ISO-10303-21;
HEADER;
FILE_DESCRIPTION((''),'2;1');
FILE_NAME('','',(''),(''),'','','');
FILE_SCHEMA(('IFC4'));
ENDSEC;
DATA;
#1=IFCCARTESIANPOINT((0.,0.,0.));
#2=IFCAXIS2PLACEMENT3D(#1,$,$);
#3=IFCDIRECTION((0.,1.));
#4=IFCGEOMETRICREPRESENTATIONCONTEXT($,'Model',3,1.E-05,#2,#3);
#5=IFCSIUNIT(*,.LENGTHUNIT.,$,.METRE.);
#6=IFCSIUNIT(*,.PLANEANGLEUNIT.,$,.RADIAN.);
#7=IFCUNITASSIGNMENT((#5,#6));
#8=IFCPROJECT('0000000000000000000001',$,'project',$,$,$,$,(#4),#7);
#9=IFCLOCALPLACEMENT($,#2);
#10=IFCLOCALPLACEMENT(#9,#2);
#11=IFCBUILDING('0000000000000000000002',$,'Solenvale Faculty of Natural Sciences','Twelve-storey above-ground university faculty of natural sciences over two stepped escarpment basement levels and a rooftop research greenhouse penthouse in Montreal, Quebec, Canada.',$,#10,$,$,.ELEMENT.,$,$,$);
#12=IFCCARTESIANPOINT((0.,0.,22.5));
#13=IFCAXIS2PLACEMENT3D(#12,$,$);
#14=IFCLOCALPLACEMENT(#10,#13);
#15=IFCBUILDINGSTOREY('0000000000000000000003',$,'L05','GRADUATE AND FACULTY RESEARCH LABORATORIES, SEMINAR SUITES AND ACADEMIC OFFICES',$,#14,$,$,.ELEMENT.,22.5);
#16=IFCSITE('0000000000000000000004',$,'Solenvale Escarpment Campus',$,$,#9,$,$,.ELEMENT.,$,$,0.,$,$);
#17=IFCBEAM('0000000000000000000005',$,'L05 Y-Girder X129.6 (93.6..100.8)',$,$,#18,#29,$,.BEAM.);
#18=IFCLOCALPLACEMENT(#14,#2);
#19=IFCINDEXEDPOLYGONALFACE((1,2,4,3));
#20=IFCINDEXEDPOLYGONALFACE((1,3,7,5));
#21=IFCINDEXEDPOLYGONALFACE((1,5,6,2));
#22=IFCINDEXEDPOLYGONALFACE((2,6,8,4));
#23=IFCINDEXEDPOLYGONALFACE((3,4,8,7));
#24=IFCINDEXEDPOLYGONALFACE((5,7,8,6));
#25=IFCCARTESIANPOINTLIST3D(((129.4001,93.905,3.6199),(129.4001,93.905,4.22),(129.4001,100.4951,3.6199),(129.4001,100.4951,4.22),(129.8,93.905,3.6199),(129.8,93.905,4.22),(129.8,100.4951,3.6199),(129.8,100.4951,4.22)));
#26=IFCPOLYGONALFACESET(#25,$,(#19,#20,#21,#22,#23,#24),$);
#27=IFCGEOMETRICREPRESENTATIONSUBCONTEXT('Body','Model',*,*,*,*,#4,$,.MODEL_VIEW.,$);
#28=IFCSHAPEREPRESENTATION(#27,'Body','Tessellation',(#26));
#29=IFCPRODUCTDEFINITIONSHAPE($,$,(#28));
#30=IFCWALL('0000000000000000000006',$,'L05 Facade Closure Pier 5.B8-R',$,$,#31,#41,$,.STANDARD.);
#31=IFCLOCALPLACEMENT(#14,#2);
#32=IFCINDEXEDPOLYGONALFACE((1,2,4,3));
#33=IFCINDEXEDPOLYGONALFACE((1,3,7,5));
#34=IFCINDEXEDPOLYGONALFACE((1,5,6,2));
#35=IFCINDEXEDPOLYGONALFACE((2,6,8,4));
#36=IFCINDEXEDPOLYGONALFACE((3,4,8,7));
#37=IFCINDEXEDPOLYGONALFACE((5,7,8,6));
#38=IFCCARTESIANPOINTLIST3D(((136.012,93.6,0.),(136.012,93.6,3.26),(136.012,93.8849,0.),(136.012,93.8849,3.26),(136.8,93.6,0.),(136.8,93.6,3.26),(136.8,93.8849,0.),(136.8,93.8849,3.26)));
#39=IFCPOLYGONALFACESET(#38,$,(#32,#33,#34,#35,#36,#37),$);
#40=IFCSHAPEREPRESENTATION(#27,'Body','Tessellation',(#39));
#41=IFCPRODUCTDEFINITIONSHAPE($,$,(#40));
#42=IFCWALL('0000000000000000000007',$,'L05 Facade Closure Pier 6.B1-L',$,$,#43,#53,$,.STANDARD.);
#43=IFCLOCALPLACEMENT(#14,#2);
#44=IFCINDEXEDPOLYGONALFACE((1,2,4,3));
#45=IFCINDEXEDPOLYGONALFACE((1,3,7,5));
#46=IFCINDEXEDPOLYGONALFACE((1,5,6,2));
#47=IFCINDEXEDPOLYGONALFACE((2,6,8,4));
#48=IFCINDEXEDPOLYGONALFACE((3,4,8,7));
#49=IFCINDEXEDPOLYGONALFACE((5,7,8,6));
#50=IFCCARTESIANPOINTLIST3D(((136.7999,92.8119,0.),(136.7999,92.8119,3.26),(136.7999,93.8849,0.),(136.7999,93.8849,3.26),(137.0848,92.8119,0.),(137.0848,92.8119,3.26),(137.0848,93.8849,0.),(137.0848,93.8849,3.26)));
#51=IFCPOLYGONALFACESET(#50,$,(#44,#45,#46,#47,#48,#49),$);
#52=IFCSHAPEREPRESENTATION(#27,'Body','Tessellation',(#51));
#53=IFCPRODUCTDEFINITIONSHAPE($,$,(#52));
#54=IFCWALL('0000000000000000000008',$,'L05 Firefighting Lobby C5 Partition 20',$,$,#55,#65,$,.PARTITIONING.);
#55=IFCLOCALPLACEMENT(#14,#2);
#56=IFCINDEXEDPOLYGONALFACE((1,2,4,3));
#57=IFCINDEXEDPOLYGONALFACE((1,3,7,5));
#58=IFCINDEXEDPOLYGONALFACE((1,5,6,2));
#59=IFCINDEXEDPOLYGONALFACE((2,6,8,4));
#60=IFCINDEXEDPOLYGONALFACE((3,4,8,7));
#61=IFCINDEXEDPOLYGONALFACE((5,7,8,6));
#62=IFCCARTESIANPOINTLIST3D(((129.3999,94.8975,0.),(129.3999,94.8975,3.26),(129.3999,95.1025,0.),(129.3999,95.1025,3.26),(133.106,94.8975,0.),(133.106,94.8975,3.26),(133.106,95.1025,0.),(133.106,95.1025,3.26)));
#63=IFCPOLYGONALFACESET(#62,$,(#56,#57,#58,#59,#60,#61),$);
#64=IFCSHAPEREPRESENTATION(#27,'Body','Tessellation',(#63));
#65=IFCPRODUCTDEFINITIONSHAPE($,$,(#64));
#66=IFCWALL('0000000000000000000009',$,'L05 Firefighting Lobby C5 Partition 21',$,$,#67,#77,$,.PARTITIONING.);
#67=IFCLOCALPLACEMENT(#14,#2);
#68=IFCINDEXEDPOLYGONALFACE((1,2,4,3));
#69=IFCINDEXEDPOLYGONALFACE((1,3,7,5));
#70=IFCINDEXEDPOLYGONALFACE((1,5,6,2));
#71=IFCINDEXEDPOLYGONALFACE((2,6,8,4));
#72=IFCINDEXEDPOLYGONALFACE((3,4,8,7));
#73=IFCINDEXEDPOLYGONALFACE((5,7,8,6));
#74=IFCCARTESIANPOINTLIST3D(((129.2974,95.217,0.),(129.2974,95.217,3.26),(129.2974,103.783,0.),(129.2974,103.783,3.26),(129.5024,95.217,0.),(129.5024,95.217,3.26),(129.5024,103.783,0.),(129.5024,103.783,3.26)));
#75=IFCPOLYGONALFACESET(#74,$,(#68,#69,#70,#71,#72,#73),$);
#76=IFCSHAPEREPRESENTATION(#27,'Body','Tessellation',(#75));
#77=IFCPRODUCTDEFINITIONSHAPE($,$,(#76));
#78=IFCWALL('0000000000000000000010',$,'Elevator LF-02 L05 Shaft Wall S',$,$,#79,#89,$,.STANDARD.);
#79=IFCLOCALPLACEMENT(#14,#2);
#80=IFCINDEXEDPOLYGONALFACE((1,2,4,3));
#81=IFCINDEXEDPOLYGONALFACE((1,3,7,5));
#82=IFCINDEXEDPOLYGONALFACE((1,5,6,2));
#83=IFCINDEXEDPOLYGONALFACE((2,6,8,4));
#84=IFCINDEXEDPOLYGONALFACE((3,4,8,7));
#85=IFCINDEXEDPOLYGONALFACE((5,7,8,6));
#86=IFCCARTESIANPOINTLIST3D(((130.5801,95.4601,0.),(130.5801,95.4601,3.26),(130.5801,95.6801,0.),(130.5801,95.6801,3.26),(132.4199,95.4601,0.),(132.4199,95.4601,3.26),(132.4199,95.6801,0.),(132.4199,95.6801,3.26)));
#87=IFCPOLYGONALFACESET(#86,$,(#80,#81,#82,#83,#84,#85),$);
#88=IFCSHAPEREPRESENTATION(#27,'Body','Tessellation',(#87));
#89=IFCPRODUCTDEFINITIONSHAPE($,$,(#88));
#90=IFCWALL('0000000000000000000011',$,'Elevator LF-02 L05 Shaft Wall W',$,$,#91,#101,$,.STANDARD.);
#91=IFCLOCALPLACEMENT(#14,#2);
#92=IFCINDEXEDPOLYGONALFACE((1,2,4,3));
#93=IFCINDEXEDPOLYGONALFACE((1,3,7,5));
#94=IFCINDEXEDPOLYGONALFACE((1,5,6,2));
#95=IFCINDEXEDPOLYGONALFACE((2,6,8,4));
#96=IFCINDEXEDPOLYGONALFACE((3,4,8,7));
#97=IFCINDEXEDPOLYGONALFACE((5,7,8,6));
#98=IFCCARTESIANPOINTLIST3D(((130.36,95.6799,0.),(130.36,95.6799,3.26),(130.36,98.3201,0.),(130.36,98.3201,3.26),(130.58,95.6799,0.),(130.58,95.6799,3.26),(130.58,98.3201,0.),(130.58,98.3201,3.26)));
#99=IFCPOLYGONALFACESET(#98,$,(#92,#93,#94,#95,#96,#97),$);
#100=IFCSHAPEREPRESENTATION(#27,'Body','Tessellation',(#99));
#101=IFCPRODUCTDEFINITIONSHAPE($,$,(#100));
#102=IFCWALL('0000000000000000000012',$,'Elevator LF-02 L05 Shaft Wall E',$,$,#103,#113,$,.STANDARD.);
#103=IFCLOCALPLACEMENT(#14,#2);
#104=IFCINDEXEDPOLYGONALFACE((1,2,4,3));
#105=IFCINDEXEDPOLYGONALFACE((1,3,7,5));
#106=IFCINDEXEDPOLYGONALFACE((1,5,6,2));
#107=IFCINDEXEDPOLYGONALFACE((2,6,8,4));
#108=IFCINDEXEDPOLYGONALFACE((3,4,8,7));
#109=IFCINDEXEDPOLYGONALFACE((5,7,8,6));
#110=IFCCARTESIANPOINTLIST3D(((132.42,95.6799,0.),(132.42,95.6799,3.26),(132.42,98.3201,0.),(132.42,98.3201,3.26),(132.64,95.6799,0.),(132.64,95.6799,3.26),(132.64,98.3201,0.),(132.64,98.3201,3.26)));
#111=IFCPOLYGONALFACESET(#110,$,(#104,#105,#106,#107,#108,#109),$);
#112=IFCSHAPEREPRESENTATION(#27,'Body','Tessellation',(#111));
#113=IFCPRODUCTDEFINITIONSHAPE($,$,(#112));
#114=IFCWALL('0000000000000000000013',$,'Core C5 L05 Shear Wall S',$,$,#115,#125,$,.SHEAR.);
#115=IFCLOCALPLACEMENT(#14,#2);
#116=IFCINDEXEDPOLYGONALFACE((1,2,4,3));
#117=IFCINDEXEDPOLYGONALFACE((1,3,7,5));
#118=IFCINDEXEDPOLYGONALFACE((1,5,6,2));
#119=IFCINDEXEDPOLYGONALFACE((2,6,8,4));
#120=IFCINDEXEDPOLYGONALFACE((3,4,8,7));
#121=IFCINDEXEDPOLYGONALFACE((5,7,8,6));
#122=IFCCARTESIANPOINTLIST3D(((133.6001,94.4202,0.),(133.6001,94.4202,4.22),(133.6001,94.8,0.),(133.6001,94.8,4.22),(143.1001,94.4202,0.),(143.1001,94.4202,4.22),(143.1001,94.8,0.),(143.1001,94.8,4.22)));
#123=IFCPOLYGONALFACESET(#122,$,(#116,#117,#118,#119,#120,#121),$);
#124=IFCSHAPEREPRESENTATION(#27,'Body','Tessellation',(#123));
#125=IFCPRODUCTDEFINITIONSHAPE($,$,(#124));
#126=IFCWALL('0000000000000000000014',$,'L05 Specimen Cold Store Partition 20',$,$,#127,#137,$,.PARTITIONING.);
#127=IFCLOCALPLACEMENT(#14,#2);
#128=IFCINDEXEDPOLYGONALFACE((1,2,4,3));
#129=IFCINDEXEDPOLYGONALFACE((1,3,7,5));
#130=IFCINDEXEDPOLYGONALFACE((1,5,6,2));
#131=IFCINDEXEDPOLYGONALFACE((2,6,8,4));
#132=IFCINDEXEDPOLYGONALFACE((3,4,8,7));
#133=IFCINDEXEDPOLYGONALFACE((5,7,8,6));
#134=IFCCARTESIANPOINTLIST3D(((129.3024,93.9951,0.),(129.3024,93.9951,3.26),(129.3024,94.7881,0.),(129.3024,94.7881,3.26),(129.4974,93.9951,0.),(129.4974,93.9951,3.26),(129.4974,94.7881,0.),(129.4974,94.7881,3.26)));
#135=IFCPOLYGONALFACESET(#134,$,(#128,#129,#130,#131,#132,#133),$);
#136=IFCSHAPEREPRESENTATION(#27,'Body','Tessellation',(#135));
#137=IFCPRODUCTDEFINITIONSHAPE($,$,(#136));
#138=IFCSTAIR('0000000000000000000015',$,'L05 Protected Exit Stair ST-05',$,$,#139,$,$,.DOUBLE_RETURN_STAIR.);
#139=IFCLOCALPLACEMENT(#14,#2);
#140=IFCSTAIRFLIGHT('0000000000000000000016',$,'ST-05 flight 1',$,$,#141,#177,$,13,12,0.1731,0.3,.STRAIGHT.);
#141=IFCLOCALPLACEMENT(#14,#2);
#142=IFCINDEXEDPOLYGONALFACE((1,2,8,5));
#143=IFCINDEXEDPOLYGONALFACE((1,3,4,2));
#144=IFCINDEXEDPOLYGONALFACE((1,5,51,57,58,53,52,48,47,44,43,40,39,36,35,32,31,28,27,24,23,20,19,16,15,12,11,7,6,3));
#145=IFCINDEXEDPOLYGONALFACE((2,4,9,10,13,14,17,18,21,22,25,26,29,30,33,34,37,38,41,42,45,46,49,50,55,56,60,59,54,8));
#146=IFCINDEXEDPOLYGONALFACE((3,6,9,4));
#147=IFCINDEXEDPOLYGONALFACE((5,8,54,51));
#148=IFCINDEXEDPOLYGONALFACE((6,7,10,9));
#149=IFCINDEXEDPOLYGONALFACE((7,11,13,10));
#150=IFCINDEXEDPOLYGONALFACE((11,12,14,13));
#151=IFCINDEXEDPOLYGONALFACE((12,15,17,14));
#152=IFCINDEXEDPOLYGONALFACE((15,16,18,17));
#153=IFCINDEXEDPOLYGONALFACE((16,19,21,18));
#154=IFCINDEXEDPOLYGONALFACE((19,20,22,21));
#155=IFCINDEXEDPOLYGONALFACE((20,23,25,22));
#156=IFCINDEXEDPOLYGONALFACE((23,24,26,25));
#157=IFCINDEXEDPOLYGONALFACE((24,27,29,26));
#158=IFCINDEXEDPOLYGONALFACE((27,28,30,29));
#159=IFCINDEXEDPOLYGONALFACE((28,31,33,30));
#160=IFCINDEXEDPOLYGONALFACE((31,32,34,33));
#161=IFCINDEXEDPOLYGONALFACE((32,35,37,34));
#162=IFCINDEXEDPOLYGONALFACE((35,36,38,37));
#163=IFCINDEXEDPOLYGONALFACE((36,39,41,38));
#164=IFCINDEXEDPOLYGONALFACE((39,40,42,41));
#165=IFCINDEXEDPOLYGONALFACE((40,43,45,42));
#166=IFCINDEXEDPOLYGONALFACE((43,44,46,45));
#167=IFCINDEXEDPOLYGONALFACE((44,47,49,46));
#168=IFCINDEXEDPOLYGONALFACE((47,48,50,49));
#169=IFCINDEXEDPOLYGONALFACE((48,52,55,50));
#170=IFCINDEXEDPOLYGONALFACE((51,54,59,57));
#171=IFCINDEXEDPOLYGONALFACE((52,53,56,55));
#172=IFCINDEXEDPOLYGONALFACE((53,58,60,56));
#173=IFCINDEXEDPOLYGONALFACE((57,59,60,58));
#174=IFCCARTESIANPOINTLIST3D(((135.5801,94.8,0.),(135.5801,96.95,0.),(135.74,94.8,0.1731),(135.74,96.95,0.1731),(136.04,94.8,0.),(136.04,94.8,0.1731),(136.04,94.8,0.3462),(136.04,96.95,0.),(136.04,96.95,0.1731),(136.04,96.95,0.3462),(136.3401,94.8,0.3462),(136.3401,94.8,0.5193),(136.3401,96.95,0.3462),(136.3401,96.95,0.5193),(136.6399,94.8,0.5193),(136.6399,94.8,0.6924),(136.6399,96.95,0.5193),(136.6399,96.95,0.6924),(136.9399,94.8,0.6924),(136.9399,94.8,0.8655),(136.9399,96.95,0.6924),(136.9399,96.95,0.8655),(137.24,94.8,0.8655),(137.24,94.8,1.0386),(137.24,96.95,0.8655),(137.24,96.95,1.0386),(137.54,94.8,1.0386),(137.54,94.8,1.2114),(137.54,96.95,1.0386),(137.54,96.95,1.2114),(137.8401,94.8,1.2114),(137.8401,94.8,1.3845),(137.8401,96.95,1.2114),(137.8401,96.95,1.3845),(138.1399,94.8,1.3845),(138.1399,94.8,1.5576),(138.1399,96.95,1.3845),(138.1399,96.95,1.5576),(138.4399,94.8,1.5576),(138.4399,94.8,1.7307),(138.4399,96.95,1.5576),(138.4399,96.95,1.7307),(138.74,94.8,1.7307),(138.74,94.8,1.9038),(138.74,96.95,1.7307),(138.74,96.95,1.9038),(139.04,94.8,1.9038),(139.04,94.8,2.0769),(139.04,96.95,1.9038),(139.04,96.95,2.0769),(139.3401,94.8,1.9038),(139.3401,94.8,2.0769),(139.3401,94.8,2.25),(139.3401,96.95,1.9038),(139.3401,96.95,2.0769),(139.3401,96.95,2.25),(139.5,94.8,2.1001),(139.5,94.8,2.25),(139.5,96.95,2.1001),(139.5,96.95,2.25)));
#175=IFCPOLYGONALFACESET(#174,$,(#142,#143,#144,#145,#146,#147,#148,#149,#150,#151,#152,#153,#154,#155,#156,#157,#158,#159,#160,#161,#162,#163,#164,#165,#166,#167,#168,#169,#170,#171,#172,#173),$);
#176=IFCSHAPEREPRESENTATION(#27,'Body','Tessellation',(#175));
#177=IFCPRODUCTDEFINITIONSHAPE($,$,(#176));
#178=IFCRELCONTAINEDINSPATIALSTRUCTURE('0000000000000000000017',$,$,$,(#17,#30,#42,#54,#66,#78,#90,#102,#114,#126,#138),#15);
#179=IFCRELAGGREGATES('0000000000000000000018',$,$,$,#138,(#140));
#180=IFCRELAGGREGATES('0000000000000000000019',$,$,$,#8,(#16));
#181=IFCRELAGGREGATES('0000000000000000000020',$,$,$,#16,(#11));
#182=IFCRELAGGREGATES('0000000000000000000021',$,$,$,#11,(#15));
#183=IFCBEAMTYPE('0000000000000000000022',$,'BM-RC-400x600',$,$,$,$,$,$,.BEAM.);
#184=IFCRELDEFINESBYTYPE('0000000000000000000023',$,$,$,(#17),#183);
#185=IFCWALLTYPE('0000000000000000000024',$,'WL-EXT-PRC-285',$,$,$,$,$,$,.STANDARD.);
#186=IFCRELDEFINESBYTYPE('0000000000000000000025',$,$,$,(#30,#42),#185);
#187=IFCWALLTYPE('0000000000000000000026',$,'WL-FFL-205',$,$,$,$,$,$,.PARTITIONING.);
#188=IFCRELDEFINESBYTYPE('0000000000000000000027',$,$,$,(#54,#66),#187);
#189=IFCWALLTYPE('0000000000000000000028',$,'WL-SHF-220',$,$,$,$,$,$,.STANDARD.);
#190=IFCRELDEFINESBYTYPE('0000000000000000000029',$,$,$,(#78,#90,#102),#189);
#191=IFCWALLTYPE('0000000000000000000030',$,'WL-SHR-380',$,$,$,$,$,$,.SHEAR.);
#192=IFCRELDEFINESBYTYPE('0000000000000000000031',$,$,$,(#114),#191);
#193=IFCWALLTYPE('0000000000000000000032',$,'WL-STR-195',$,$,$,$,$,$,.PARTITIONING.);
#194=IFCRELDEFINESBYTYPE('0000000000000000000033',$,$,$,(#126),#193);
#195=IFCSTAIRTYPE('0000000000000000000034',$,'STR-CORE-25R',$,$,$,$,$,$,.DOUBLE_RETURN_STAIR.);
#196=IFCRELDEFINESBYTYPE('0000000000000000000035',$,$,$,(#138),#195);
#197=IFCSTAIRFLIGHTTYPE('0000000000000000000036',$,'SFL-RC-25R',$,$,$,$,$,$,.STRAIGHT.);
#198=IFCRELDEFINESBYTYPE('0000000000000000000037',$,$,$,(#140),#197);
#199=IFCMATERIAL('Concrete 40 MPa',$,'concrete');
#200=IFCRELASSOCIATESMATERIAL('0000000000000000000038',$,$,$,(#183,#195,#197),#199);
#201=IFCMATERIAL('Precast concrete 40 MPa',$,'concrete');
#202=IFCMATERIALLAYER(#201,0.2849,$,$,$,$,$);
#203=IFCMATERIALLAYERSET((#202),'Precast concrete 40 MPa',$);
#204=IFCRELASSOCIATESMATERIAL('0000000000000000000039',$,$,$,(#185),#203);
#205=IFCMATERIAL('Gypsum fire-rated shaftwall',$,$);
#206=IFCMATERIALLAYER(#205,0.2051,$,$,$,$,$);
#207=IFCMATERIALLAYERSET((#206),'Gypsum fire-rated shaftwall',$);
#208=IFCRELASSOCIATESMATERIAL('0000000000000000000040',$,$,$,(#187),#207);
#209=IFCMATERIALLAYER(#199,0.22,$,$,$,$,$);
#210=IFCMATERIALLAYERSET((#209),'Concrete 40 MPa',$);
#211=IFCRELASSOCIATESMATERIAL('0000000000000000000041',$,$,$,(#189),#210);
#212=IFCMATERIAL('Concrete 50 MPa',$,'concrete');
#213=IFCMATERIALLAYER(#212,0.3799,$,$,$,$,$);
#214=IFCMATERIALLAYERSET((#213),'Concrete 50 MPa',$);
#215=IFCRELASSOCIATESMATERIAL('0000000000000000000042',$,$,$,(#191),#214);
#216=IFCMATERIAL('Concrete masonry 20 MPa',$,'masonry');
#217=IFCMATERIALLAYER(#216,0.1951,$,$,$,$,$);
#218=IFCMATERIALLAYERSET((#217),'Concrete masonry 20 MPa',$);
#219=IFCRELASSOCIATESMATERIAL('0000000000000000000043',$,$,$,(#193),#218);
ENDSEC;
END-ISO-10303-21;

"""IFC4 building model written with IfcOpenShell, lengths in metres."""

from ifc_helpers import new_model, si_unit, direction, frame, frame_2d, origin, origin_2d, place, context, subcontext, project, spatial, polyline, rectangle, outline, extrude, material, layer, layer_set, material_profile, profile_set, type_object, element, aggregate, save


model = new_model("IFC4")

# Units and contexts
model_context = context("Model", 3, precision=1e-05, world=origin(), true_north=direction((0.0, 1.0)))
body_context = subcontext(model_context, "Body", "Model", "MODEL_VIEW")
ifc_project = project(units=[si_unit("LENGTHUNIT", "METRE"), si_unit("PLANEANGLEUNIT", "RADIAN")], contexts=[model_context])

# Site, building, storey
site_placement = place(None, origin())
site = spatial("IfcSite", under=ifc_project, at=site_placement, Name="Solenvale Escarpment Campus", CompositionType="ELEMENT", RefElevation=0.0)
building_placement = place(site_placement, origin())
building = spatial("IfcBuilding", under=site, at=building_placement, Name="Solenvale Faculty of Natural Sciences", Description="Twelve-storey above-ground university faculty of natural sciences over two stepped escarpment basement levels and a rooftop research greenhouse penthouse in Montreal, Quebec, Canada.", CompositionType="ELEMENT")
storey_placement = place(building_placement, frame((0.0, 0.0, 22.5)))
storey = spatial("IfcBuildingStorey", under=building, at=storey_placement, Name="L05", Description="GRADUATE AND FACULTY RESEARCH LABORATORIES, SEMINAR SUITES AND ACADEMIC OFFICES", CompositionType="ELEMENT", Elevation=22.5)

# Beam
ifc_material_1 = material(Name="Concrete 40 MPa", Category="concrete")
ifc_material_profile = material_profile(ifc_material_1, rectangle(XDim=0.3999, YDim=0.6001, at=origin_2d()), Name="RC-BM-400x600")
ifc_profile_set = profile_set([ifc_material_profile], Name="Concrete 40 MPa")
beam_type = type_object("IfcBeamType", Name="BM-RC-400x600", PredefinedType="BEAM", material=ifc_profile_set)
beam_placement = place(storey_placement, frame((129.6001, 93.905, 3.9199), z_axis=(0.0, 1.0, 0.0), x_axis=(-1.0, 0.0, 0.0)))
element("IfcBeam", 1, at=beam_placement, inside=storey, type_object=beam_type, Name="L05 Y-Girder X129.6 (93.6..100.8)", PredefinedType="BEAM", context=body_context, shape_type="SweptSolid", body=[
    extrude(rectangle(XDim=0.3999, YDim=0.6001, at=origin_2d()), origin(), (0.0, 0.0, 1.0), 6.5901),
])

# Walls
ifc_material_2 = material(Name="Precast concrete 40 MPa", Category="concrete")
ifc_layer_1 = layer(ifc_material_2, 0.2849)
ifc_layer_set_1 = layer_set([ifc_layer_1], Name="Precast concrete 40 MPa")
wall_type_1 = type_object("IfcWallType", Name="WL-EXT-PRC-285", PredefinedType="STANDARD", material=ifc_layer_set_1)
wall_1_placement = place(storey_placement, frame((136.012, 93.7424, 0.0), z_axis=(0.0, 0.0, 1.0), x_axis=(1.0, 0.0, 0.0)))
element("IfcWall", 2, at=wall_1_placement, inside=storey, type_object=wall_type_1, Name="L05 Facade Closure Pier 5.B8-R", PredefinedType="STANDARD", context=body_context, shape_type="SweptSolid", body=[
    extrude(rectangle(XDim=0.7881, YDim=0.2849, at=frame_2d((0.394, 0.0))), origin(), (0.0, 0.0, 1.0), 3.26),
])
wall_2_placement = place(storey_placement, frame((136.9424, 93.885, 0.0), z_axis=(0.0, 0.0, 1.0), x_axis=(0.0, -1.0, 0.0)))
element("IfcWall", 3, at=wall_2_placement, inside=storey, type_object=wall_type_1, Name="L05 Facade Closure Pier 6.B1-L", PredefinedType="STANDARD", context=body_context, shape_type="SweptSolid", body=[
    extrude(rectangle(XDim=1.073, YDim=0.2849, at=frame_2d((0.5366, 0.0))), origin(), (0.0, 0.0, 1.0), 3.26),
])
ifc_material_3 = material(Name="Gypsum fire-rated shaftwall")
ifc_layer_2 = layer(ifc_material_3, 0.2051)
ifc_layer_set_2 = layer_set([ifc_layer_2], Name="Gypsum fire-rated shaftwall")
wall_type_2 = type_object("IfcWallType", Name="WL-FFL-205", PredefinedType="PARTITIONING", material=ifc_layer_set_2)
wall_3_placement = place(storey_placement, frame((133.106, 95.0, 0.0), z_axis=(0.0, 0.0, 1.0), x_axis=(-1.0, 0.0, 0.0)))
element("IfcWall", 4, at=wall_3_placement, inside=storey, type_object=wall_type_2, Name="L05 Firefighting Lobby C5 Partition 20", PredefinedType="PARTITIONING", context=body_context, shape_type="SweptSolid", body=[
    extrude(rectangle(XDim=3.7061, YDim=0.2051, at=frame_2d((1.853, 0.0))), origin(), (0.0, 0.0, 1.0), 3.26),
])
wall_4_placement = place(storey_placement, frame((129.3999, 95.217, 0.0), z_axis=(0.0, 0.0, 1.0), x_axis=(0.0, 1.0, 0.0)))
element("IfcWall", 5, at=wall_4_placement, inside=storey, type_object=wall_type_2, Name="L05 Firefighting Lobby C5 Partition 21", PredefinedType="PARTITIONING", context=body_context, shape_type="SweptSolid", body=[
    extrude(rectangle(XDim=8.5659, YDim=0.2051, at=frame_2d((4.283, 0.0))), origin(), (0.0, 0.0, 1.0), 3.26),
])
ifc_layer_3 = layer(ifc_material_1, 0.22)
ifc_layer_set_3 = layer_set([ifc_layer_3], Name="Concrete 40 MPa")
wall_type_3 = type_object("IfcWallType", Name="WL-SHF-220", PredefinedType="STANDARD", material=ifc_layer_set_3)
wall_5_placement = place(storey_placement, frame((130.5801, 95.5701, 0.0), z_axis=(0.0, 0.0, 1.0), x_axis=(1.0, 0.0, 0.0)))
element("IfcWall", 6, at=wall_5_placement, inside=storey, type_object=wall_type_3, Name="Elevator LF-02 L05 Shaft Wall S", PredefinedType="STANDARD", context=body_context, shape_type="SweptSolid", body=[
    extrude(rectangle(XDim=1.8398, YDim=0.22, at=frame_2d((0.9199, 0.0))), origin(), (0.0, 0.0, 1.0), 3.26),
])
for number, where, z_axis, x_axis, name in (
    (7, (130.47, 95.6799, 0.0), (0.0, 0.0, 1.0), (0.0, 1.0, 0.0), "Elevator LF-02 L05 Shaft Wall W"),
    (8, (132.53, 95.6799, 0.0), (0.0, 0.0, 1.0), (0.0, 1.0, 0.0), "Elevator LF-02 L05 Shaft Wall E"),
):
    element("IfcWall", number, at=place(storey_placement, frame(where, z_axis=z_axis, x_axis=x_axis)), inside=storey, type_object=wall_type_3, Name=name, PredefinedType="STANDARD", context=body_context, shape_type="SweptSolid", body=[
        extrude(rectangle(XDim=2.6401, YDim=0.22, at=frame_2d((1.3201, 0.0))), origin(), (0.0, 0.0, 1.0), 3.26),
    ])
ifc_material_4 = material(Name="Concrete 50 MPa", Category="concrete")
ifc_layer_4 = layer(ifc_material_4, 0.3799)
ifc_layer_set_4 = layer_set([ifc_layer_4], Name="Concrete 50 MPa")
wall_type_4 = type_object("IfcWallType", Name="WL-SHR-380", PredefinedType="SHEAR", material=ifc_layer_set_4)
wall_6_placement = place(storey_placement, frame((133.6001, 94.6101, 0.0), z_axis=(0.0, 0.0, 1.0), x_axis=(1.0, 0.0, 0.0)))
element("IfcWall", 9, at=wall_6_placement, inside=storey, type_object=wall_type_4, Name="Core C5 L05 Shear Wall S", PredefinedType="SHEAR", context=body_context, shape_type="SweptSolid", body=[
    extrude(rectangle(XDim=9.5, YDim=0.3799, at=frame_2d((4.75, 0.0))), origin(), (0.0, 0.0, 1.0), 4.22),
])

# Wall
ifc_material_5 = material(Name="Concrete masonry 20 MPa", Category="masonry")
ifc_layer_5 = layer(ifc_material_5, 0.1951)
ifc_layer_set_5 = layer_set([ifc_layer_5], Name="Concrete masonry 20 MPa")
wall_type_5 = type_object("IfcWallType", Name="WL-STR-195", PredefinedType="PARTITIONING", material=ifc_layer_set_5)
wall_7_placement = place(storey_placement, frame((129.3999, 94.7881, 0.0), z_axis=(0.0, 0.0, 1.0), x_axis=(0.0, -1.0, 0.0)))
element("IfcWall", 10, at=wall_7_placement, inside=storey, type_object=wall_type_5, Name="L05 Specimen Cold Store Partition 20", PredefinedType="PARTITIONING", context=body_context, shape_type="SweptSolid", body=[
    extrude(rectangle(XDim=0.793, YDim=0.1951, at=frame_2d((0.3965, 0.0))), origin(), (0.0, 0.0, 1.0), 3.26),
])

# Stair, stair flight
stair_type = type_object("IfcStairType", Name="STR-CORE-25R", PredefinedType="DOUBLE_RETURN_STAIR", material=ifc_material_1)
stair_placement = place(storey_placement, origin())
stair = element("IfcStair", 11, at=stair_placement, inside=storey, type_object=stair_type, Name="L05 Protected Exit Stair ST-05", PredefinedType="DOUBLE_RETURN_STAIR")
stair_flight_type = type_object("IfcStairFlightType", Name="SFL-RC-25R", PredefinedType="STRAIGHT", material=ifc_material_1)
stair_flight_1_placement = place(storey_placement, frame((135.74, 95.875, 0.0), z_axis=(0.0, 0.0, 1.0), x_axis=(1.0, 0.0, 0.0)))
stair_flight_1 = element("IfcStairFlight", 12, at=stair_flight_1_placement, type_object=stair_flight_type, Name="ST-05 flight 1", NumberOfRisers=13, NumberOfTreads=12, PredefinedType="STRAIGHT", RiserHeight=0.1731, TreadLength=0.3, context=body_context, shape_type="SweptSolid", body=[
    extrude(outline(polyline([(-0.1599, 0.0), (0.0, 0.1731), (0.3, 0.1731), (0.3, 0.3462), (0.6001, 0.3462), (0.6001, 0.5193), (0.8999, 0.5193), (0.8999, 0.6924), (1.2, 0.6924), (1.2, 0.8655), (1.5, 0.8655), (1.5, 1.0386), (1.8, 1.0386), (1.8, 1.2114), (2.1001, 1.2114), (2.1001, 1.3845), (2.3999, 1.3845), (2.3999, 1.5576), (2.7, 1.5576), (2.7, 1.7307), (3.0, 1.7307), (3.0, 1.9038), (3.3, 1.9038), (3.3, 2.0769), (3.6001, 2.0769), (3.6001, 2.25), (3.76, 2.25), (3.76, 2.1001), (3.6001, 1.9038), (0.3, 0.0), (-0.1599, 0.0)])), frame((0.0, 1.075, 0.0), z_axis=(0.0, -1.0, 0.0), x_axis=(1.0, 0.0, 0.0)), (0.0, 0.0, 1.0), 2.1499),
])
aggregate(stair, [stair_flight_1])

save(model, "model.ifc")
